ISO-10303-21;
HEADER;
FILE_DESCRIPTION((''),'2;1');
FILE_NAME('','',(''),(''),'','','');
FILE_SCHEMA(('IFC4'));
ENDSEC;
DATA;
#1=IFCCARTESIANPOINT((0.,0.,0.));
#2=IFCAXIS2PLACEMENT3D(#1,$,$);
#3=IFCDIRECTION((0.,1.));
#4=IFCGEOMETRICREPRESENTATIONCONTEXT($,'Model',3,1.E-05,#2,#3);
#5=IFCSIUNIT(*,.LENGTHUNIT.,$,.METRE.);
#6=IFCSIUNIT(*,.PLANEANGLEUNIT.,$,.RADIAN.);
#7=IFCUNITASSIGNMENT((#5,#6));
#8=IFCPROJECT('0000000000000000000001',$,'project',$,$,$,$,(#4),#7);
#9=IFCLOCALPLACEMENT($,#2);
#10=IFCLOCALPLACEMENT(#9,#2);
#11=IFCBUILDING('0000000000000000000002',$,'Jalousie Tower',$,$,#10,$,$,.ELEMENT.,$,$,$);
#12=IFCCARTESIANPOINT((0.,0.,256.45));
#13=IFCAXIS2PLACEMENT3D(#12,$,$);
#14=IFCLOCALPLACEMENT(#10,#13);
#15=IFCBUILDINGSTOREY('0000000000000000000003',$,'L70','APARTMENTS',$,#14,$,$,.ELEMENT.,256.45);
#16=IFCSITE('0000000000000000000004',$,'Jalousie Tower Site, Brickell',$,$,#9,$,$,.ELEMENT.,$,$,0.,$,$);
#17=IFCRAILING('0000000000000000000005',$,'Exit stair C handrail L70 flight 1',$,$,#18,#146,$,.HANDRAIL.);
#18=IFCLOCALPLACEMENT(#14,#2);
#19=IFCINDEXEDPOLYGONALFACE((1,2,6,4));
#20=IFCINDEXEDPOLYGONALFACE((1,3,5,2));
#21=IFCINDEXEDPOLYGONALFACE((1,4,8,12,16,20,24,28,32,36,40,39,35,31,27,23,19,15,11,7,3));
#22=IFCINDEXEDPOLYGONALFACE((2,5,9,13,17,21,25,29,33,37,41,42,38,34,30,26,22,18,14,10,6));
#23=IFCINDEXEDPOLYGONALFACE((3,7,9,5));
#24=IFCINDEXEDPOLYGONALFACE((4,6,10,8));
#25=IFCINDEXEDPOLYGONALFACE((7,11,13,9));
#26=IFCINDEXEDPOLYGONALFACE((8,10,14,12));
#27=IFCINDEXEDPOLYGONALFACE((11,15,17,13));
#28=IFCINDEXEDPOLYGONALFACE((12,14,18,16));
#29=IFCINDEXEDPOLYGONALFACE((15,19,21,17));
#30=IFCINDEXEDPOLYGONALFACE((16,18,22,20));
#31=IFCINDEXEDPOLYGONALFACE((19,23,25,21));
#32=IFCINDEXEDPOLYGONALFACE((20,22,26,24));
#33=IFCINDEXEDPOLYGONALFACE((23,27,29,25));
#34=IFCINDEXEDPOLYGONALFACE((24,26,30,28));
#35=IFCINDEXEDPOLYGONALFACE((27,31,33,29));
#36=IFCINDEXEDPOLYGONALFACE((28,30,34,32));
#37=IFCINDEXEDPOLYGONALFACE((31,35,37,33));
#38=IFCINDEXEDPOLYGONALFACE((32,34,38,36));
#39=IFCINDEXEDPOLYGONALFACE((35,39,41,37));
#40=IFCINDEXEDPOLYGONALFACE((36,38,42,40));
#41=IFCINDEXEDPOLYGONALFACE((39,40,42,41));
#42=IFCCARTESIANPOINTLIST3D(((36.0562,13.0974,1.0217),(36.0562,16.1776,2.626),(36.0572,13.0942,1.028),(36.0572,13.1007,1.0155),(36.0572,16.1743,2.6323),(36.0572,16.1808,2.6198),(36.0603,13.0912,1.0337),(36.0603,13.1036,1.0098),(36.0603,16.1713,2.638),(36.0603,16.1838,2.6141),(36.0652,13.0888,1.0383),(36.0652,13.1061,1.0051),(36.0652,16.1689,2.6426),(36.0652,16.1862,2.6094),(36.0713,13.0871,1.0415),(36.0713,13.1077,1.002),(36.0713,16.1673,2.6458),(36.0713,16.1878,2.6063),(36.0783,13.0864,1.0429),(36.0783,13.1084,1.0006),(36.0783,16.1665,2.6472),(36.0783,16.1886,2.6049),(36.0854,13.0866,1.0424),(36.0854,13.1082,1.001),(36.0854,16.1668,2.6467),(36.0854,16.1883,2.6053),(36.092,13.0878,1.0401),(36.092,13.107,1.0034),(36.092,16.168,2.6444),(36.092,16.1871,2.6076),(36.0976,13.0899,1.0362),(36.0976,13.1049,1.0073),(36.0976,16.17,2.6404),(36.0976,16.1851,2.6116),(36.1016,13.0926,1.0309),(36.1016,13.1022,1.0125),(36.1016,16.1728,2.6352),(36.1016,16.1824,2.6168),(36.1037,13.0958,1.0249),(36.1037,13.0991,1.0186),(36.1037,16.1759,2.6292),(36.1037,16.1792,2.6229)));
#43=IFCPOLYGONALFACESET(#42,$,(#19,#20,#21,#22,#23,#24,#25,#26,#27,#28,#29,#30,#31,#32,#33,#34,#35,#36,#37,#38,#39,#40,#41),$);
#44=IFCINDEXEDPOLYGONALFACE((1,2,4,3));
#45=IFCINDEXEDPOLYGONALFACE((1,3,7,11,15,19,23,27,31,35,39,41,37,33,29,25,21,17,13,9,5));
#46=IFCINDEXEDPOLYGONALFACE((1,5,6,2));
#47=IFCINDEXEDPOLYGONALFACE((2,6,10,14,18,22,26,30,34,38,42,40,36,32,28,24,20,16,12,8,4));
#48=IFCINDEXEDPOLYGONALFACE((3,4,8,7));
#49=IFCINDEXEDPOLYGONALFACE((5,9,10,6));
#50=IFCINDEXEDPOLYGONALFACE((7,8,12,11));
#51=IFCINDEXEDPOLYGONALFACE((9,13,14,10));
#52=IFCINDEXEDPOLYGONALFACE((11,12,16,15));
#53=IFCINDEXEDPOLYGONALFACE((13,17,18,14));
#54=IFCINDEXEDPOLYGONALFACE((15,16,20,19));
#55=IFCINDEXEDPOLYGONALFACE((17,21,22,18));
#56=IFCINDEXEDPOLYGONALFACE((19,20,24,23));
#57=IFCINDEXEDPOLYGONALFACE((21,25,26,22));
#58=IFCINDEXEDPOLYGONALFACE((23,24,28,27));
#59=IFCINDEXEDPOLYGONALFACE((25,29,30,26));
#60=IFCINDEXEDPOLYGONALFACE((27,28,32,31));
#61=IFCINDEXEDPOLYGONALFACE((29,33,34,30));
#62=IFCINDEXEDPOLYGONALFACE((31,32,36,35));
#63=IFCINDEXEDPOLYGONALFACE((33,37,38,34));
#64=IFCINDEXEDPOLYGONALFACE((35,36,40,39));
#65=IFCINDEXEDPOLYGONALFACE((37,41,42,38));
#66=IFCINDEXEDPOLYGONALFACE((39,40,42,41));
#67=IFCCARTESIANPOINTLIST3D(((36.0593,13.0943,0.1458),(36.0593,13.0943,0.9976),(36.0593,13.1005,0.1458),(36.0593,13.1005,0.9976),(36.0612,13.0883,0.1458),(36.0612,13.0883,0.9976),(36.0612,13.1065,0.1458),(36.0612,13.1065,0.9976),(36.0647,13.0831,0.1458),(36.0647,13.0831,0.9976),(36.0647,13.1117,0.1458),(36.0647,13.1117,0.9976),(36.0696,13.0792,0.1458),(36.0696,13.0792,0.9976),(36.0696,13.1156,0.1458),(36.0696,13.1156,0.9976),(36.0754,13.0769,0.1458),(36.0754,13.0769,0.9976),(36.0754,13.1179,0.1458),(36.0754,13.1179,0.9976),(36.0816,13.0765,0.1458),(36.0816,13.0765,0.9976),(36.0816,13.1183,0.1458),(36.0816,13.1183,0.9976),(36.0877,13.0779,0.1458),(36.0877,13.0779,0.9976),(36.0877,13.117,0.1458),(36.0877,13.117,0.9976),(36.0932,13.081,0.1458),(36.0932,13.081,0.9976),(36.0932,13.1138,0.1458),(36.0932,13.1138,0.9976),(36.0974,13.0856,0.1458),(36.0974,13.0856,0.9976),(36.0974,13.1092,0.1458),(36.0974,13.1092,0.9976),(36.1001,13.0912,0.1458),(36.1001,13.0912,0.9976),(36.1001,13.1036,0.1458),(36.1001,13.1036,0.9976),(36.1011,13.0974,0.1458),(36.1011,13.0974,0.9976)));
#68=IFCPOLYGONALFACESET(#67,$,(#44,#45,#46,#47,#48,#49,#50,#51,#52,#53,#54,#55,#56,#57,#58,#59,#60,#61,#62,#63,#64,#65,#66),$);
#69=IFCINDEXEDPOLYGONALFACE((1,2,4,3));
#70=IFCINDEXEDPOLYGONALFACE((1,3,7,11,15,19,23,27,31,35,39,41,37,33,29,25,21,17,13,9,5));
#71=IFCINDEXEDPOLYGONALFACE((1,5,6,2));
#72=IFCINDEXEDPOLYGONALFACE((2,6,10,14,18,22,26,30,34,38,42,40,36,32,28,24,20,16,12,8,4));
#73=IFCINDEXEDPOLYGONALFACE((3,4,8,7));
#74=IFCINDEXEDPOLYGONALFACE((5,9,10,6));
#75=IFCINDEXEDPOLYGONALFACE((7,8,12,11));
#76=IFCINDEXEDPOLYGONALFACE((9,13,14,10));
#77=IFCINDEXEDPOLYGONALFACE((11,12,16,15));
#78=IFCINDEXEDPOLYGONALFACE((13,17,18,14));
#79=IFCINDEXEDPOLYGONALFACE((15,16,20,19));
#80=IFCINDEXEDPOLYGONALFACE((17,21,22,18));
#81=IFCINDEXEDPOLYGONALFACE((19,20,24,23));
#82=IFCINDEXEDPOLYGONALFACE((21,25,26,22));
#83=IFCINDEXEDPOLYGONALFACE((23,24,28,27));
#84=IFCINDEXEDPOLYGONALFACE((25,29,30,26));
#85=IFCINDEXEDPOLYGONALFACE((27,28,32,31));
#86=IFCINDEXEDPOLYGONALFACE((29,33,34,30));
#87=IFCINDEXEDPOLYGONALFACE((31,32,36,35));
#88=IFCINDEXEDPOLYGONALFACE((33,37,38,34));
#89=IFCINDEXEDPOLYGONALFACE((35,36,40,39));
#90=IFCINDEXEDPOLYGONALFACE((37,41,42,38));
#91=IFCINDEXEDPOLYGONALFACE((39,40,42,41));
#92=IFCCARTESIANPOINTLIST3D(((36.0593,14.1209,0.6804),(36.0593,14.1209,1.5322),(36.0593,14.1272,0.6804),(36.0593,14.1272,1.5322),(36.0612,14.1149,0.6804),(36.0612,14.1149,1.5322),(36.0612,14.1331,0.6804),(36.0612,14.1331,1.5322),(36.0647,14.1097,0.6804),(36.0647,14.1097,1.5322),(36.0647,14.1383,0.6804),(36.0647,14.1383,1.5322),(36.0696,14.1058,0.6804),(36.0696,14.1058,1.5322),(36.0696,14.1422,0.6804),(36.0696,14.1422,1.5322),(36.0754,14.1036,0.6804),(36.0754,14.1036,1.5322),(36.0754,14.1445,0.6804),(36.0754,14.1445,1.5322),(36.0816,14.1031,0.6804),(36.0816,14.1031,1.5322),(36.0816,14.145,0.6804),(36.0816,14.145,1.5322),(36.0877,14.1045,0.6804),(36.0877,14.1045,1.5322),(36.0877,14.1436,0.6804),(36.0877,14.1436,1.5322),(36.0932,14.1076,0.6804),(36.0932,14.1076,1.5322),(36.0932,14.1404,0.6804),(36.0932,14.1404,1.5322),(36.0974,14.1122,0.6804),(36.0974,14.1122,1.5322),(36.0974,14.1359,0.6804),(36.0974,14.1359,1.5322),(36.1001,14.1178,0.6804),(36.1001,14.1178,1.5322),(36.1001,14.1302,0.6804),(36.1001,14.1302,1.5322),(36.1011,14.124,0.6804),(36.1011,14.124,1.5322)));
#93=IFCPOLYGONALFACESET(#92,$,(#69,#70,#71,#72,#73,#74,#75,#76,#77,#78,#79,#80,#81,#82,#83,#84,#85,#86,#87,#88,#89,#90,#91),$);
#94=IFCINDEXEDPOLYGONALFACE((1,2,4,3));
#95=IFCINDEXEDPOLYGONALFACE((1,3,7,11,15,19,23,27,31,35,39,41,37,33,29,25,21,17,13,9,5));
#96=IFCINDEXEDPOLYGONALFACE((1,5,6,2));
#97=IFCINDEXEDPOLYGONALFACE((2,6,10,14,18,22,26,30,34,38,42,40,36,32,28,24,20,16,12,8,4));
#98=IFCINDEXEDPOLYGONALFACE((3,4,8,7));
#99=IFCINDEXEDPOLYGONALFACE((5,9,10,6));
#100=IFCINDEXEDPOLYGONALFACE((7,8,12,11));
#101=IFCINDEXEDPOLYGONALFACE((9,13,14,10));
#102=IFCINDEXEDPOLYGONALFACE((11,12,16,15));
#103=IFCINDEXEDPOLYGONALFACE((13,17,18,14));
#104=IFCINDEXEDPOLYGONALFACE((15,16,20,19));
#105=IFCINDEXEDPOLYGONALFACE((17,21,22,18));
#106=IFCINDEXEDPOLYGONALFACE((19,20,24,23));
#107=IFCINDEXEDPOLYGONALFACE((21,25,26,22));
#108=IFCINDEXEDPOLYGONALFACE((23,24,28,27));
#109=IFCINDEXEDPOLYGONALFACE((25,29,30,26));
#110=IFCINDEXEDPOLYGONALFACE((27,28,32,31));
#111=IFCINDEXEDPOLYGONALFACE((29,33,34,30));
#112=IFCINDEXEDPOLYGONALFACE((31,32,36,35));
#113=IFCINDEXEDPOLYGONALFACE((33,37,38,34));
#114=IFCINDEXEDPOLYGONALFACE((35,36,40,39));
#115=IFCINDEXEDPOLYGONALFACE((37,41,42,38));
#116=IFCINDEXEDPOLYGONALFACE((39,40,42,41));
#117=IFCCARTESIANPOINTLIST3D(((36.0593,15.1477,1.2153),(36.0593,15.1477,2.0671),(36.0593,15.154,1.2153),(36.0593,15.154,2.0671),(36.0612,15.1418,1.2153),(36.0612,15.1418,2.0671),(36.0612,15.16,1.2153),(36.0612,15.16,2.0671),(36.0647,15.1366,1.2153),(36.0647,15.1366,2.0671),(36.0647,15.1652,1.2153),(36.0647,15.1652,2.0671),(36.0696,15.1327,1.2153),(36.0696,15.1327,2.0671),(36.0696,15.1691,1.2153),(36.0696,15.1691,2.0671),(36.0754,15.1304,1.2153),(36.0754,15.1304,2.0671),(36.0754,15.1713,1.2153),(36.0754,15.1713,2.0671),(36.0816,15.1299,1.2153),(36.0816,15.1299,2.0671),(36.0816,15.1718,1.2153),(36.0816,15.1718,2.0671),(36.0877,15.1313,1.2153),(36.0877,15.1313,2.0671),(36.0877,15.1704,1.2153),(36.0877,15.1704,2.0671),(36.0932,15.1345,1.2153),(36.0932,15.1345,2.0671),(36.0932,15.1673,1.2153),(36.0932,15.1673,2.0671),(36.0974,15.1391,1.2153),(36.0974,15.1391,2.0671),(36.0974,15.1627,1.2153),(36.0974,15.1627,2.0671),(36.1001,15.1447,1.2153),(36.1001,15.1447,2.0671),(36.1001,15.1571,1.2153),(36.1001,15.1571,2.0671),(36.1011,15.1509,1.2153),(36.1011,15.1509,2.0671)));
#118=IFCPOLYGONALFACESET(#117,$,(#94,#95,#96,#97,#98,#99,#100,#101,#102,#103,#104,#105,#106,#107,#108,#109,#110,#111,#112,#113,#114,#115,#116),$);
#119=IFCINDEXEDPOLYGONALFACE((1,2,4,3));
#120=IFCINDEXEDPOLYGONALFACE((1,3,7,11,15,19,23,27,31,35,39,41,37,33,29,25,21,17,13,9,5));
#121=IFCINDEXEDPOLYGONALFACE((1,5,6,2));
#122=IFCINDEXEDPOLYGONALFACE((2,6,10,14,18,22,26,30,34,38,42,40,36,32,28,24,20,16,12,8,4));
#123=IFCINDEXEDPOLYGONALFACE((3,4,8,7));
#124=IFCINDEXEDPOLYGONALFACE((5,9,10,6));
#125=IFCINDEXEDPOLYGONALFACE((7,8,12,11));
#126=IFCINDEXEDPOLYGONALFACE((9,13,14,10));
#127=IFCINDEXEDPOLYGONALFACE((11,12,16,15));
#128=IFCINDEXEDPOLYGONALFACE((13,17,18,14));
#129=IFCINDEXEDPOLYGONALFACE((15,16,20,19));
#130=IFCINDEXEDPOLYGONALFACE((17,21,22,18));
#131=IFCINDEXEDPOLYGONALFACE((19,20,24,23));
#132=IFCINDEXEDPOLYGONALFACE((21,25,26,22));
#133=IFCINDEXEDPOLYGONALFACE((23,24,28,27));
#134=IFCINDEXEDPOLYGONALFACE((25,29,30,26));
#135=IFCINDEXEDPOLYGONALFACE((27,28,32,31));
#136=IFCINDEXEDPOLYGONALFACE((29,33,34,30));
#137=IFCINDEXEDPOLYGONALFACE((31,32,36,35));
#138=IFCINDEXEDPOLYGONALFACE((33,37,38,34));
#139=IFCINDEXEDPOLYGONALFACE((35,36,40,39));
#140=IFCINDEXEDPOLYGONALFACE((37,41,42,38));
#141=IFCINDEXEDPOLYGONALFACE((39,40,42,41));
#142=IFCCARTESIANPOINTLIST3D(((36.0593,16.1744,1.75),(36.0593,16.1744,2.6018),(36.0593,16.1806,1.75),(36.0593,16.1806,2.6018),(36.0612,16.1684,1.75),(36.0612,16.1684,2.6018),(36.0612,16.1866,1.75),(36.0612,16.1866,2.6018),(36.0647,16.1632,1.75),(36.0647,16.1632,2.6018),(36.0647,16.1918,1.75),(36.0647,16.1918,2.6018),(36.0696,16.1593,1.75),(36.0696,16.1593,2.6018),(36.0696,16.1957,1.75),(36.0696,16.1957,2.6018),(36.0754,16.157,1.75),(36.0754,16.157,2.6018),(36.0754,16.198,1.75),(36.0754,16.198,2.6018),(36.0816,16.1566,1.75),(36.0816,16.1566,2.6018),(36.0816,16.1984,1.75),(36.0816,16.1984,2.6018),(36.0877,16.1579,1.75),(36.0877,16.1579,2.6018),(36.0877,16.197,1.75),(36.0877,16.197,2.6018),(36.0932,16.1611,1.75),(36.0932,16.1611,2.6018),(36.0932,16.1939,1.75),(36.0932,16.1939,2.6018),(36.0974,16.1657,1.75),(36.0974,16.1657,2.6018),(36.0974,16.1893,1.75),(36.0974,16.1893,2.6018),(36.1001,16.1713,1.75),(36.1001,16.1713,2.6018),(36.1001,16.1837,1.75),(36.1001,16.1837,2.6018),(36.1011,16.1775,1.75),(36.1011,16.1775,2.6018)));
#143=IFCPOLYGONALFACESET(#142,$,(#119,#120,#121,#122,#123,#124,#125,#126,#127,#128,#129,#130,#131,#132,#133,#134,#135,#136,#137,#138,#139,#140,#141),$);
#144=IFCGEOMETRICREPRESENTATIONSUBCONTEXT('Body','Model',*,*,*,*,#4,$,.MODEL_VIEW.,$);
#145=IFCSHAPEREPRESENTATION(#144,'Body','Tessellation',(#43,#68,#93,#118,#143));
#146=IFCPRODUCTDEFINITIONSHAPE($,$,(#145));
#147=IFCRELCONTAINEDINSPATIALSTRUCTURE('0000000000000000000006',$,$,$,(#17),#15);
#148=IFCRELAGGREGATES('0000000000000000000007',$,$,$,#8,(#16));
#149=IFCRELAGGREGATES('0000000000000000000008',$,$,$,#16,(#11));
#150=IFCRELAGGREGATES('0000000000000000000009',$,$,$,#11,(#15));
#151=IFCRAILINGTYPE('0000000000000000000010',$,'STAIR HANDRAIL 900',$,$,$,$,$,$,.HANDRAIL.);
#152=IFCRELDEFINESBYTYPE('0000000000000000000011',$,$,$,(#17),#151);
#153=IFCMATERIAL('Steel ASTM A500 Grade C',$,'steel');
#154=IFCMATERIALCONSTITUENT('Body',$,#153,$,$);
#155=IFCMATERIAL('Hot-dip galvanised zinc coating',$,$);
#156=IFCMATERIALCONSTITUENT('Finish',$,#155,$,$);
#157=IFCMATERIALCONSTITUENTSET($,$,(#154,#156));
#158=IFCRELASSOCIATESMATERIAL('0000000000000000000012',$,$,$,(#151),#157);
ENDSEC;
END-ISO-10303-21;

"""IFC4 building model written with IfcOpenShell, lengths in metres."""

from ifc_helpers import new_model, si_unit, direction, frame, origin, origin_2d, place, context, subcontext, project, spatial, circle, extrude, material, constituent, constituent_set, type_object, element, save


model = new_model("IFC4")

# Units and contexts
model_context = context("Model", 3, precision=1e-05, world=origin(), true_north=direction((0.0, 1.0)))
body_context = subcontext(model_context, "Body", "Model", "MODEL_VIEW")
ifc_project = project(units=[si_unit("LENGTHUNIT", "METRE"), si_unit("PLANEANGLEUNIT", "RADIAN")], contexts=[model_context])

# Site, building, storey
site_placement = place(None, origin())
site = spatial("IfcSite", under=ifc_project, at=site_placement, Name="Jalousie Tower Site, Brickell", CompositionType="ELEMENT", RefElevation=0.0)
building_placement = place(site_placement, origin())
building = spatial("IfcBuilding", under=site, at=building_placement, Name="Jalousie Tower", CompositionType="ELEMENT")
storey_placement = place(building_placement, frame((0.0, 0.0, 256.45)))
storey = spatial("IfcBuildingStorey", under=building, at=storey_placement, Name="L70", Description="APARTMENTS", CompositionType="ELEMENT", Elevation=256.45)

# Railing
ifc_material_1 = material(Name="Steel ASTM A500 Grade C", Category="steel")
ifc_constituent_1 = constituent(ifc_material_1, Name="Body")
ifc_material_2 = material(Name="Hot-dip galvanised zinc coating")
ifc_constituent_2 = constituent(ifc_material_2, Name="Finish")
ifc_constituent_set_1 = constituent_set(constituents=[ifc_constituent_1, ifc_constituent_2])
railing_type_1 = type_object("IfcRailingType", Name="STAIR HANDRAIL 900", PredefinedType="HANDRAIL", material=ifc_constituent_set_1)
railing_1_placement = place(storey_placement, frame((36.0801, 13.0974, 0.1458)))
element("IfcRailing", 1, at=railing_1_placement, inside=storey, type_object=railing_type_1, Name="Exit stair C handrail L70 flight 1", PredefinedType="HANDRAIL", context=body_context, shape_type="SweptSolid", body=[
    extrude(circle(Radius=0.0239, at=origin_2d()), frame((0.0, 0.0, 0.876), z_axis=(0.0, 0.886909, 0.461944), x_axis=(-1.0, 0.0, 0.0)), (0.0, 0.0, 1.0), 3.4729),
    extrude(circle(Radius=0.021, at=origin_2d()), origin(), (0.0, 0.0, 1.0), 0.8518),
    extrude(circle(Radius=0.021, at=origin_2d()), frame((0.0, 1.0266, 0.5347)), (0.0, 0.0, 1.0), 0.8518),
    extrude(circle(Radius=0.021, at=origin_2d()), frame((0.0, 2.0535, 1.0696)), (0.0, 0.0, 1.0), 0.8518),
    extrude(circle(Radius=0.021, at=origin_2d()), frame((0.0, 3.0801, 1.6042)), (0.0, 0.0, 1.0), 0.8518),
])

save(model, "model.ifc")
